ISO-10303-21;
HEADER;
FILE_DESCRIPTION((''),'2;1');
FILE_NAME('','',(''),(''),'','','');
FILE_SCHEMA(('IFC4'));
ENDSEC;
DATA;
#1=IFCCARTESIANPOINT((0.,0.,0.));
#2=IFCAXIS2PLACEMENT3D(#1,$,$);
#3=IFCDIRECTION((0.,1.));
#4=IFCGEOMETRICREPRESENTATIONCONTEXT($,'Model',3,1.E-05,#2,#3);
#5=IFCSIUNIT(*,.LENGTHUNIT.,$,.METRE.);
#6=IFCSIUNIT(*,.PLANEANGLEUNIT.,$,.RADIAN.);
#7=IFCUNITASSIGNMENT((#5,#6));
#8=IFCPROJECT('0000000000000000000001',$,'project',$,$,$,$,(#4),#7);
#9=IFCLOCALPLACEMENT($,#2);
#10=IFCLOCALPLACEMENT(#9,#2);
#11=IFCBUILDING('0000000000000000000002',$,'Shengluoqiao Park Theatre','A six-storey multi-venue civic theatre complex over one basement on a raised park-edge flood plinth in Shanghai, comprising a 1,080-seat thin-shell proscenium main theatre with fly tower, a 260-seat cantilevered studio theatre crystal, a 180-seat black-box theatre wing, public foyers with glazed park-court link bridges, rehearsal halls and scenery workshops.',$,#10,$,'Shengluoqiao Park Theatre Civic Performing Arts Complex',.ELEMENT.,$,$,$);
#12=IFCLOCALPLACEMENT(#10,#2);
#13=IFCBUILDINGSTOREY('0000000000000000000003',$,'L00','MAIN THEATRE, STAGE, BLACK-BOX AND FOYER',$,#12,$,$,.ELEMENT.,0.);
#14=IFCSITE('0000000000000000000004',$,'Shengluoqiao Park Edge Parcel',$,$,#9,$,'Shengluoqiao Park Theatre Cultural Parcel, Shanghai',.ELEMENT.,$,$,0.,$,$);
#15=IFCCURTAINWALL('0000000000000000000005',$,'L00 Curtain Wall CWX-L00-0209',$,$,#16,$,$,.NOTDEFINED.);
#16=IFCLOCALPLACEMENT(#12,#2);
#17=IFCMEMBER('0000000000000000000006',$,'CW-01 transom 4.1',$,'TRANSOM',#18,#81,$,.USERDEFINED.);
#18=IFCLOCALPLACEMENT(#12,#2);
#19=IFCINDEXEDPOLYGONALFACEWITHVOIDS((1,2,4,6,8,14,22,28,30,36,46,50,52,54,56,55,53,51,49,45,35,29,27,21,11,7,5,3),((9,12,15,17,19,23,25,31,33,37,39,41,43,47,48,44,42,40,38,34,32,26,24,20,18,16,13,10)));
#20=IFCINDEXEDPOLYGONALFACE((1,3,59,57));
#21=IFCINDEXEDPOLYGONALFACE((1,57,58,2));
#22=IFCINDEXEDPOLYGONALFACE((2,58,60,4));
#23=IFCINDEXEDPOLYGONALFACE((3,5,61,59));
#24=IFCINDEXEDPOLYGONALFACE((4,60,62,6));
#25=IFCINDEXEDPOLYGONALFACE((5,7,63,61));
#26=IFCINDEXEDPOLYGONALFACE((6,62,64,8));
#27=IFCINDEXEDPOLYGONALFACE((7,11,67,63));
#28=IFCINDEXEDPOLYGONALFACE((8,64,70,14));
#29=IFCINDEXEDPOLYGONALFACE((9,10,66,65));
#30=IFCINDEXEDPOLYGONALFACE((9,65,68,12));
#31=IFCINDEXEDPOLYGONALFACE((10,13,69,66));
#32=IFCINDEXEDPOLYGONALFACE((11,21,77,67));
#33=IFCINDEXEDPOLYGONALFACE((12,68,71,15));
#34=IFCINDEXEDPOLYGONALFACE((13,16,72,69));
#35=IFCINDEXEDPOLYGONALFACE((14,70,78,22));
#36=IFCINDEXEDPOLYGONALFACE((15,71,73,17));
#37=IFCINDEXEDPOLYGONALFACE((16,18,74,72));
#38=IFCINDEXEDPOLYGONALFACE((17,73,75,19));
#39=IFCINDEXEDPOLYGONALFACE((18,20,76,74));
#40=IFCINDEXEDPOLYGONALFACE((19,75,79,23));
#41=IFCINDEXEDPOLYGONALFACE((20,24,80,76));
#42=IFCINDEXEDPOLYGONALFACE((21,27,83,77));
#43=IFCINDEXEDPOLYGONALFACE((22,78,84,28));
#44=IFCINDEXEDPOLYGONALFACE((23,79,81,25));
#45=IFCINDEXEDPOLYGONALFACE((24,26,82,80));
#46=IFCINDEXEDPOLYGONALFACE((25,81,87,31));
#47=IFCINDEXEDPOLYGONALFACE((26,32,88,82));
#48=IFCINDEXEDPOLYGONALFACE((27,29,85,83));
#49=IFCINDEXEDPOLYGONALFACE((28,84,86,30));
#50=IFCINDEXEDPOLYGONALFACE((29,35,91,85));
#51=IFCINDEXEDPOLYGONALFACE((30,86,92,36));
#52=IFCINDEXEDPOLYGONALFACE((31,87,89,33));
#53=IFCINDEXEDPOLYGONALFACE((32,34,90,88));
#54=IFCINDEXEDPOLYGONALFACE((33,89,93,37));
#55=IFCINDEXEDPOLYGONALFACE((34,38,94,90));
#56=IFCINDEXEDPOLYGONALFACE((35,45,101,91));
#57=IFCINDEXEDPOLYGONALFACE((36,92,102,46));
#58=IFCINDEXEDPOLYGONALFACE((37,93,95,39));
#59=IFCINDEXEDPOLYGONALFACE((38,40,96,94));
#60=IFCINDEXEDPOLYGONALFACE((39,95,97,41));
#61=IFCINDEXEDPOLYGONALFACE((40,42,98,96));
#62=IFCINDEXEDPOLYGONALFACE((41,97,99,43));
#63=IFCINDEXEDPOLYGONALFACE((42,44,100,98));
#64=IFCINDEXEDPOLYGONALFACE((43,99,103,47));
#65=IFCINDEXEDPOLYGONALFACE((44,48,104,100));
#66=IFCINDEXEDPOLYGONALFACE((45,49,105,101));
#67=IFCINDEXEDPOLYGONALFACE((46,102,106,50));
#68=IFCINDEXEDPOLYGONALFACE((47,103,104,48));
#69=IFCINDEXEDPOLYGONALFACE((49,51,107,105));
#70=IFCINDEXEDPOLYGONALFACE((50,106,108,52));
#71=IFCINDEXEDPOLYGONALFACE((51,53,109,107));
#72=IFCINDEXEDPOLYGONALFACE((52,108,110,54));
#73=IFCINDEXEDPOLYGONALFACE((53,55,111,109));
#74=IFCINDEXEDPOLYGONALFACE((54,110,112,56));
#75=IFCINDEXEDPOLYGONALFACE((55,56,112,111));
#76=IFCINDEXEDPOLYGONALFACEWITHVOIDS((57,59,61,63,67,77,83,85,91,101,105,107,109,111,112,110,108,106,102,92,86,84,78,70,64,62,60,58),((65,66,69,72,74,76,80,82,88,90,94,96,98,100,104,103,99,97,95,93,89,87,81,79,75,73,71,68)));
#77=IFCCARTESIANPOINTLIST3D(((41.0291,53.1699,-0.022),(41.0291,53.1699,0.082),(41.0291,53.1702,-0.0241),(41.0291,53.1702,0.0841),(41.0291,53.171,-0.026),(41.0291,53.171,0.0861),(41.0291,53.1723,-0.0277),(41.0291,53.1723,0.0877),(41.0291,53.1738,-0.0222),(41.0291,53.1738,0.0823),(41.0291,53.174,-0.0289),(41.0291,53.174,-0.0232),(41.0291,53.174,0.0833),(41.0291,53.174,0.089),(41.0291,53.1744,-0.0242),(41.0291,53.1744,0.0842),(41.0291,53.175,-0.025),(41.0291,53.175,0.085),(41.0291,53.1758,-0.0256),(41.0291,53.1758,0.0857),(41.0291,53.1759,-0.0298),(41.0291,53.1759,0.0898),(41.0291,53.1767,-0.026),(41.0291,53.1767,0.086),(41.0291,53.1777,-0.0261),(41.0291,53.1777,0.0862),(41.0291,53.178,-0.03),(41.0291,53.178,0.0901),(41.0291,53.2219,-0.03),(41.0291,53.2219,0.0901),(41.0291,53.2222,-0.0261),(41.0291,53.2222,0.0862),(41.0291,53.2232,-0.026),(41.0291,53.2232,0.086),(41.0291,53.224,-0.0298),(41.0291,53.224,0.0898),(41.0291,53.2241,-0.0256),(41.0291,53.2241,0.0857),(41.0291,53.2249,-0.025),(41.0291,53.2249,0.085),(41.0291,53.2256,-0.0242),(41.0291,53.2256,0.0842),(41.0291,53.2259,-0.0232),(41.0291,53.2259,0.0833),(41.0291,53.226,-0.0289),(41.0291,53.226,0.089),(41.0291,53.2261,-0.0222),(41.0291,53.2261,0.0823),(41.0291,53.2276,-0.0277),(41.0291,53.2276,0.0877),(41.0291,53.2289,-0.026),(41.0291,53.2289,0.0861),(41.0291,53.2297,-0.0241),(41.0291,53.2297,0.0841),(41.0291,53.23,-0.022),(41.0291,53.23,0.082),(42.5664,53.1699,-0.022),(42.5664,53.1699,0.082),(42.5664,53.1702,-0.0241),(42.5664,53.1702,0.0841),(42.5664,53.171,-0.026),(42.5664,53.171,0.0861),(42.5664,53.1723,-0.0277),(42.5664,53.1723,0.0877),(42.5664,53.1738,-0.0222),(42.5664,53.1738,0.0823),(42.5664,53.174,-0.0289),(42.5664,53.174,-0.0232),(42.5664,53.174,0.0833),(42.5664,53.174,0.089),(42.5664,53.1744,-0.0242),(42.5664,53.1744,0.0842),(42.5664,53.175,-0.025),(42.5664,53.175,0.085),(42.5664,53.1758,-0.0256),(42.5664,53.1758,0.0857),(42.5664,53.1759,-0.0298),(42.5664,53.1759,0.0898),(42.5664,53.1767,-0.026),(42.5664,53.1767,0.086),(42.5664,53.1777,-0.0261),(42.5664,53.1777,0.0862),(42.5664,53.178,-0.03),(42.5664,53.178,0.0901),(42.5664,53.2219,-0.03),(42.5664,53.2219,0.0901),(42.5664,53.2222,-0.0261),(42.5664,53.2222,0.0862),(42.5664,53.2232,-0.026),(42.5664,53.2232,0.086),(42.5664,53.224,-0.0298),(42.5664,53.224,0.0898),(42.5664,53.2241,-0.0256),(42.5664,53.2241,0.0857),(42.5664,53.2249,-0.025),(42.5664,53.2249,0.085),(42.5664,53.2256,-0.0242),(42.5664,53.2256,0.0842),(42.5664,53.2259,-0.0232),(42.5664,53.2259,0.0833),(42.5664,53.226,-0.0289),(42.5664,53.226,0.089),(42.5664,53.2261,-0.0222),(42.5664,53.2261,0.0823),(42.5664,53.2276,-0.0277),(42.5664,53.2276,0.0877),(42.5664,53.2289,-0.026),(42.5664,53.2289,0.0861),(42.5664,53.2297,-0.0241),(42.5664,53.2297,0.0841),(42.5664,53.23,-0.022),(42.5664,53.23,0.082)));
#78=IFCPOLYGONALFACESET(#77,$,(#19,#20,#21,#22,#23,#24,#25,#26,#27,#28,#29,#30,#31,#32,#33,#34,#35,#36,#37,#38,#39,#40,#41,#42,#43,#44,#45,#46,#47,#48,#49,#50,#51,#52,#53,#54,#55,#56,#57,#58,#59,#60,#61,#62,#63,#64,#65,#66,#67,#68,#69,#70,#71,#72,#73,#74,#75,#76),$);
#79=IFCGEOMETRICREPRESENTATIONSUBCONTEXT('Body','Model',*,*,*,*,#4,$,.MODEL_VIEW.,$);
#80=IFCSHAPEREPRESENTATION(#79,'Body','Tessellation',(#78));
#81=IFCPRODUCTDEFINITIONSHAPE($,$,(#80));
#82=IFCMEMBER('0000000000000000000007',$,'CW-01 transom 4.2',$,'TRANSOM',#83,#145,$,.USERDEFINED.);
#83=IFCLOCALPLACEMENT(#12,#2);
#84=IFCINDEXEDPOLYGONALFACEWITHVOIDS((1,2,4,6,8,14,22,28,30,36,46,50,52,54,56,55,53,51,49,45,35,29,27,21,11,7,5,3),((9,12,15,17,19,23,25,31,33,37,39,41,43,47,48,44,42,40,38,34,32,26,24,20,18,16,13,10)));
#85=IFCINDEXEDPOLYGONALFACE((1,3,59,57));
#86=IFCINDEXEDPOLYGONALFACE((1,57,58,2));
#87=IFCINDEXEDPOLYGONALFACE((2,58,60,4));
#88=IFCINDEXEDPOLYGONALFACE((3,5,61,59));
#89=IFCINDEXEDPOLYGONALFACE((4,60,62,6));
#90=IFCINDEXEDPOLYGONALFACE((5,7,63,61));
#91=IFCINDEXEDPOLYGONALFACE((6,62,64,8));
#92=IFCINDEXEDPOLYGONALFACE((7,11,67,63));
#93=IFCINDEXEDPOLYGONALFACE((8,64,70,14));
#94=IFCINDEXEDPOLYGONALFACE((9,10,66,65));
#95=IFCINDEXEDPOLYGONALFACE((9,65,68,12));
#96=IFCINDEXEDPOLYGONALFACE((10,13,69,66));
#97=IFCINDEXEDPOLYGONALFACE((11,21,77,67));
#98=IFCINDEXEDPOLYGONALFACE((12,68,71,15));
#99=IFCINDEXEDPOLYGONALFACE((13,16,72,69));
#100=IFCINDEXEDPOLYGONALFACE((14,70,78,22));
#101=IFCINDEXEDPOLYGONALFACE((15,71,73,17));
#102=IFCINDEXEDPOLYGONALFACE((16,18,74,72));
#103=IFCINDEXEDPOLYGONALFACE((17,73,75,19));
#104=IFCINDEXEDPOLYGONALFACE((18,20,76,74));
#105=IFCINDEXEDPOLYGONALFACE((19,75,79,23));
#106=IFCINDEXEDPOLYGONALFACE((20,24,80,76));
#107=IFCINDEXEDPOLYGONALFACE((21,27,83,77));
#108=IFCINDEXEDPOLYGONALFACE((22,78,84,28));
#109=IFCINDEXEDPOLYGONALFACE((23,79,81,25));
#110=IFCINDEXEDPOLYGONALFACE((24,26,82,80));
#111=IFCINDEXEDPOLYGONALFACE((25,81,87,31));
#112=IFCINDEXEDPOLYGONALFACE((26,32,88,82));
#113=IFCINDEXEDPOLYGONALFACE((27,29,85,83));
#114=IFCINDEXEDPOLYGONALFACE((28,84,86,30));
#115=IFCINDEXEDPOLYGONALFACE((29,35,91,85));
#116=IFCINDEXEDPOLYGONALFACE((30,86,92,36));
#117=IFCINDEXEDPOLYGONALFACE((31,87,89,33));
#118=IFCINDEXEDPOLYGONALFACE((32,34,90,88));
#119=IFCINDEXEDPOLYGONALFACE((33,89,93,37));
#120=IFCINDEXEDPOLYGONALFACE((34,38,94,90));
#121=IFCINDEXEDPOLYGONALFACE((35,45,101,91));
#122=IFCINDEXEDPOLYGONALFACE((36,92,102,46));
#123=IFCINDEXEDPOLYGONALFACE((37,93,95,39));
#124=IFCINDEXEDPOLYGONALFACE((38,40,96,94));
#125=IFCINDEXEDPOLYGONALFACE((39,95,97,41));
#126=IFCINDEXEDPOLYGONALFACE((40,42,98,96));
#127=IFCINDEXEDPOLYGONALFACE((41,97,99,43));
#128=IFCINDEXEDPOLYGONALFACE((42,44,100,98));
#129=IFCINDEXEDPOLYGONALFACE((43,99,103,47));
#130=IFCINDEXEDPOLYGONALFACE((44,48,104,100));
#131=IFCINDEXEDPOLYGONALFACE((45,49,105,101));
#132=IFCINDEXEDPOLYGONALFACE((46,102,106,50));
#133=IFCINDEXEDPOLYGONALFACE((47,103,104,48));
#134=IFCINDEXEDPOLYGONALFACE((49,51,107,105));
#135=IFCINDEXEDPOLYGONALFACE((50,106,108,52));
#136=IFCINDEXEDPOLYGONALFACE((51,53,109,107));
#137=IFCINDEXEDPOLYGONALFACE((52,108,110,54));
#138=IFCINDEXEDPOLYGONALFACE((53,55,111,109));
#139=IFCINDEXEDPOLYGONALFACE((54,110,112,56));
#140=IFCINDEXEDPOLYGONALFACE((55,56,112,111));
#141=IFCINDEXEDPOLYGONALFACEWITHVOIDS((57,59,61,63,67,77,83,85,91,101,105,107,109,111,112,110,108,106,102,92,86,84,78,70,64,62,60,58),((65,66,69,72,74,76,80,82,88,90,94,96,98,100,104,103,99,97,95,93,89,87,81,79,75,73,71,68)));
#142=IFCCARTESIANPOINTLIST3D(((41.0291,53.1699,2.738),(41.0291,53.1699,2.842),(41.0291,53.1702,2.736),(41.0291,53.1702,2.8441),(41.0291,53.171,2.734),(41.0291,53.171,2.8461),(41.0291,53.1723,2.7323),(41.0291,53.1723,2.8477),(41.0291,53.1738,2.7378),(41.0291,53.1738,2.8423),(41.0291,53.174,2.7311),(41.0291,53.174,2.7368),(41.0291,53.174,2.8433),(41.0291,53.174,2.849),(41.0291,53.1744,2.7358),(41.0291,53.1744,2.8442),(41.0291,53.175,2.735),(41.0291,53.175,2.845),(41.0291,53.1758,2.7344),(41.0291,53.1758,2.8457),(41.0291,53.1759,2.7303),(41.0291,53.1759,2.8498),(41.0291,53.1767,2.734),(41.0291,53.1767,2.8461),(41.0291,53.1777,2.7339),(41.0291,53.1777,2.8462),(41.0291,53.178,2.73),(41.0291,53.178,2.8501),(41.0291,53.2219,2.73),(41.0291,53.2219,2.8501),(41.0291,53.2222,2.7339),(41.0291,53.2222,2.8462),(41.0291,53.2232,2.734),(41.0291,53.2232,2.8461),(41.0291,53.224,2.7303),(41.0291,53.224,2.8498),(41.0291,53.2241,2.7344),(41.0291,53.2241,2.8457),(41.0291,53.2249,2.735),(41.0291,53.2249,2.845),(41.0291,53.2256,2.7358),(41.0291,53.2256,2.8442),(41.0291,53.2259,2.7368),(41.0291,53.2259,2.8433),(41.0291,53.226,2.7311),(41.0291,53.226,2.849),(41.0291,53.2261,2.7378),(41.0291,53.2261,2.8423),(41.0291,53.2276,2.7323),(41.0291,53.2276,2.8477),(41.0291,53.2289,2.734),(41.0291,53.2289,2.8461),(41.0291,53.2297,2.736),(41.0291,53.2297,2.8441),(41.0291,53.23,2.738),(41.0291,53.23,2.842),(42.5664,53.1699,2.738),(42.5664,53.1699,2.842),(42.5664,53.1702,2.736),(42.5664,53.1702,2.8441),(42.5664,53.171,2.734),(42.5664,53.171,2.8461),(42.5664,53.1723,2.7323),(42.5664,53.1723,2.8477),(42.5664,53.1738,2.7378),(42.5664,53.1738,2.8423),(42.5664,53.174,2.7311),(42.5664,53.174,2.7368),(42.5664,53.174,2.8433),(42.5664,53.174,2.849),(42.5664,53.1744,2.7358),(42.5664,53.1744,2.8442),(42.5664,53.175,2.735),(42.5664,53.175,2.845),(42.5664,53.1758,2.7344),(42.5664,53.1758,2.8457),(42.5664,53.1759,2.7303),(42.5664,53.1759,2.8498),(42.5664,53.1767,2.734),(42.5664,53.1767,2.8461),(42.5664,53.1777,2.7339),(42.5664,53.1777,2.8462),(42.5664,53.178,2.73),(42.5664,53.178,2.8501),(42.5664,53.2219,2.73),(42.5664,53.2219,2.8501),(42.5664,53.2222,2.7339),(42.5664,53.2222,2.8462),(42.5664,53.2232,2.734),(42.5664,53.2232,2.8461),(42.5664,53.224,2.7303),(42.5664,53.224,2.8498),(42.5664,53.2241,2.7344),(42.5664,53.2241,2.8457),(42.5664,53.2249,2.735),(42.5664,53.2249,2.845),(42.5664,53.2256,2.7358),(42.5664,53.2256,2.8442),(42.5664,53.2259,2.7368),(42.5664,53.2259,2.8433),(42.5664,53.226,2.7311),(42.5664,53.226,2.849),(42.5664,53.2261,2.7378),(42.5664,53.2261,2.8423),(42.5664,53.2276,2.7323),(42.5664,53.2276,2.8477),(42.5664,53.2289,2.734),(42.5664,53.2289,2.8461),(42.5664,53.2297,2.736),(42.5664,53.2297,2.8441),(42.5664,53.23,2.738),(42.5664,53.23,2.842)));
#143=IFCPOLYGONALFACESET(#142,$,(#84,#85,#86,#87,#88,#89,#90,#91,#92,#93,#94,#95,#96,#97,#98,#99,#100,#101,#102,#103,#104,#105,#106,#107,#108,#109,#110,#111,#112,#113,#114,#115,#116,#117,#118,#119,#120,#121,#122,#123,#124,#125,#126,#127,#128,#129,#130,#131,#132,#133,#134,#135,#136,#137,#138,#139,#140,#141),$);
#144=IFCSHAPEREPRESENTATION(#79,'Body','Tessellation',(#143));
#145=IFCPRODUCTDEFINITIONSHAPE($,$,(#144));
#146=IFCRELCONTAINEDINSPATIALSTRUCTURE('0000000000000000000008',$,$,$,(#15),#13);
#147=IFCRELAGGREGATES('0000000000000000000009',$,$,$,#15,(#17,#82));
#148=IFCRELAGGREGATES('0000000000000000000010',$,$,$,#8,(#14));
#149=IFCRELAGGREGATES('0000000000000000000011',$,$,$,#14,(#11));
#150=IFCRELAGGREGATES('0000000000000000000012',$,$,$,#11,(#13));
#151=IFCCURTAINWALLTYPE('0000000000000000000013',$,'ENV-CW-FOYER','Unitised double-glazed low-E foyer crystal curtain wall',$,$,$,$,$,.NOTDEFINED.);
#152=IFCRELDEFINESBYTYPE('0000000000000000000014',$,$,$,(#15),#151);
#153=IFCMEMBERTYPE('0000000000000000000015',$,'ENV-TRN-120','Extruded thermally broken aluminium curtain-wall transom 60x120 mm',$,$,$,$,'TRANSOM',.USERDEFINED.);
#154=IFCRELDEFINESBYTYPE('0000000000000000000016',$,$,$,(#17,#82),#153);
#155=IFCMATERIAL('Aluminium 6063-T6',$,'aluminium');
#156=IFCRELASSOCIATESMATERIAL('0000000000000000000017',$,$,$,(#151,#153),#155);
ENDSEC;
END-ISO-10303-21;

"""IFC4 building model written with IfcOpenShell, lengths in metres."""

from ifc_helpers import new_model, si_unit, direction, frame, origin, origin_2d, place, context, subcontext, project, spatial, hollow_rectangle, extrude, material, material_profile, profile_set, type_object, element, aggregate, save


model = new_model("IFC4")

# Units and contexts
model_context = context("Model", 3, precision=1e-05, world=origin(), true_north=direction((0.0, 1.0)))
body_context = subcontext(model_context, "Body", "Model", "MODEL_VIEW")
ifc_project = project(units=[si_unit("LENGTHUNIT", "METRE"), si_unit("PLANEANGLEUNIT", "RADIAN")], contexts=[model_context])

# Site, building, storey
site_placement = place(None, origin())
site = spatial("IfcSite", under=ifc_project, at=site_placement, Name="Shengluoqiao Park Edge Parcel", LongName="Shengluoqiao Park Theatre Cultural Parcel, Shanghai", CompositionType="ELEMENT", RefElevation=0.0)
building_placement = place(site_placement, origin())
building = spatial("IfcBuilding", under=site, at=building_placement, Name="Shengluoqiao Park Theatre", Description="A six-storey multi-venue civic theatre complex over one basement on a raised park-edge flood plinth in Shanghai, comprising a 1,080-seat thin-shell proscenium main theatre with fly tower, a 260-seat cantilevered studio theatre crystal, a 180-seat black-box theatre wing, public foyers with glazed park-court link bridges, rehearsal halls and scenery workshops.", LongName="Shengluoqiao Park Theatre Civic Performing Arts Complex", CompositionType="ELEMENT")
storey_placement = place(building_placement, origin())
storey = spatial("IfcBuildingStorey", under=building, at=storey_placement, Name="L00", Description="MAIN THEATRE, STAGE, BLACK-BOX AND FOYER", CompositionType="ELEMENT", Elevation=0.0)

# Curtain wall
ifc_material_1 = material(Name="Aluminium 6063-T6", Category="aluminium")
curtain_wall_type_1 = type_object("IfcCurtainWallType", Name="ENV-CW-FOYER", Description="Unitised double-glazed low-E foyer crystal curtain wall", PredefinedType="NOTDEFINED", material=ifc_material_1)
curtain_wall_1_placement = place(storey_placement, origin())
curtain_wall_1 = element("IfcCurtainWall", 1, at=curtain_wall_1_placement, inside=storey, type_object=curtain_wall_type_1, Name="L00 Curtain Wall CWX-L00-0209", PredefinedType="NOTDEFINED")

# Members
ifc_material_profile_1 = material_profile(ifc_material_1, hollow_rectangle(XDim=0.0601, YDim=0.1201, WallThickness=0.0039, InnerFilletRadius=0.0039, OuterFilletRadius=0.0081, at=origin_2d()), Name="ALU TRANSOM 120x60x4")
ifc_profile_set_1 = profile_set([ifc_material_profile_1], Name="Aluminium 6063-T6")
member_type_1 = type_object("IfcMemberType", Name="ENV-TRN-120", Description="Extruded thermally broken aluminium curtain-wall transom 60x120 mm", ElementType="TRANSOM", PredefinedType="USERDEFINED", material=ifc_profile_set_1)
member_1_placement = place(storey_placement, frame((41.0291, 53.2, 0.03), z_axis=(1.0, 0.0, 0.0), x_axis=(0.0, 1.0, 0.0)))
member_1 = element("IfcMember", 2, at=member_1_placement, type_object=member_type_1, Name="CW-01 transom 4.1", ObjectType="TRANSOM", PredefinedType="USERDEFINED", context=body_context, shape_type="SweptSolid", body=[
    extrude(hollow_rectangle(XDim=0.0601, YDim=0.1201, WallThickness=0.0039, InnerFilletRadius=0.0039, OuterFilletRadius=0.0081, at=origin_2d()), origin(), (0.0, 0.0, 1.0), 1.5374),
])
member_2_placement = place(storey_placement, frame((41.0291, 53.2, 2.79), z_axis=(1.0, 0.0, 0.0), x_axis=(0.0, 1.0, 0.0)))
member_2 = element("IfcMember", 3, at=member_2_placement, type_object=member_type_1, Name="CW-01 transom 4.2", ObjectType="TRANSOM", PredefinedType="USERDEFINED", context=body_context, shape_type="SweptSolid", body=[
    extrude(hollow_rectangle(XDim=0.0601, YDim=0.1201, WallThickness=0.0039, InnerFilletRadius=0.0039, OuterFilletRadius=0.0081, at=origin_2d()), origin(), (0.0, 0.0, 1.0), 1.5374),
])

aggregate(curtain_wall_1, [member_1, member_2])

save(model, "model.ifc")
